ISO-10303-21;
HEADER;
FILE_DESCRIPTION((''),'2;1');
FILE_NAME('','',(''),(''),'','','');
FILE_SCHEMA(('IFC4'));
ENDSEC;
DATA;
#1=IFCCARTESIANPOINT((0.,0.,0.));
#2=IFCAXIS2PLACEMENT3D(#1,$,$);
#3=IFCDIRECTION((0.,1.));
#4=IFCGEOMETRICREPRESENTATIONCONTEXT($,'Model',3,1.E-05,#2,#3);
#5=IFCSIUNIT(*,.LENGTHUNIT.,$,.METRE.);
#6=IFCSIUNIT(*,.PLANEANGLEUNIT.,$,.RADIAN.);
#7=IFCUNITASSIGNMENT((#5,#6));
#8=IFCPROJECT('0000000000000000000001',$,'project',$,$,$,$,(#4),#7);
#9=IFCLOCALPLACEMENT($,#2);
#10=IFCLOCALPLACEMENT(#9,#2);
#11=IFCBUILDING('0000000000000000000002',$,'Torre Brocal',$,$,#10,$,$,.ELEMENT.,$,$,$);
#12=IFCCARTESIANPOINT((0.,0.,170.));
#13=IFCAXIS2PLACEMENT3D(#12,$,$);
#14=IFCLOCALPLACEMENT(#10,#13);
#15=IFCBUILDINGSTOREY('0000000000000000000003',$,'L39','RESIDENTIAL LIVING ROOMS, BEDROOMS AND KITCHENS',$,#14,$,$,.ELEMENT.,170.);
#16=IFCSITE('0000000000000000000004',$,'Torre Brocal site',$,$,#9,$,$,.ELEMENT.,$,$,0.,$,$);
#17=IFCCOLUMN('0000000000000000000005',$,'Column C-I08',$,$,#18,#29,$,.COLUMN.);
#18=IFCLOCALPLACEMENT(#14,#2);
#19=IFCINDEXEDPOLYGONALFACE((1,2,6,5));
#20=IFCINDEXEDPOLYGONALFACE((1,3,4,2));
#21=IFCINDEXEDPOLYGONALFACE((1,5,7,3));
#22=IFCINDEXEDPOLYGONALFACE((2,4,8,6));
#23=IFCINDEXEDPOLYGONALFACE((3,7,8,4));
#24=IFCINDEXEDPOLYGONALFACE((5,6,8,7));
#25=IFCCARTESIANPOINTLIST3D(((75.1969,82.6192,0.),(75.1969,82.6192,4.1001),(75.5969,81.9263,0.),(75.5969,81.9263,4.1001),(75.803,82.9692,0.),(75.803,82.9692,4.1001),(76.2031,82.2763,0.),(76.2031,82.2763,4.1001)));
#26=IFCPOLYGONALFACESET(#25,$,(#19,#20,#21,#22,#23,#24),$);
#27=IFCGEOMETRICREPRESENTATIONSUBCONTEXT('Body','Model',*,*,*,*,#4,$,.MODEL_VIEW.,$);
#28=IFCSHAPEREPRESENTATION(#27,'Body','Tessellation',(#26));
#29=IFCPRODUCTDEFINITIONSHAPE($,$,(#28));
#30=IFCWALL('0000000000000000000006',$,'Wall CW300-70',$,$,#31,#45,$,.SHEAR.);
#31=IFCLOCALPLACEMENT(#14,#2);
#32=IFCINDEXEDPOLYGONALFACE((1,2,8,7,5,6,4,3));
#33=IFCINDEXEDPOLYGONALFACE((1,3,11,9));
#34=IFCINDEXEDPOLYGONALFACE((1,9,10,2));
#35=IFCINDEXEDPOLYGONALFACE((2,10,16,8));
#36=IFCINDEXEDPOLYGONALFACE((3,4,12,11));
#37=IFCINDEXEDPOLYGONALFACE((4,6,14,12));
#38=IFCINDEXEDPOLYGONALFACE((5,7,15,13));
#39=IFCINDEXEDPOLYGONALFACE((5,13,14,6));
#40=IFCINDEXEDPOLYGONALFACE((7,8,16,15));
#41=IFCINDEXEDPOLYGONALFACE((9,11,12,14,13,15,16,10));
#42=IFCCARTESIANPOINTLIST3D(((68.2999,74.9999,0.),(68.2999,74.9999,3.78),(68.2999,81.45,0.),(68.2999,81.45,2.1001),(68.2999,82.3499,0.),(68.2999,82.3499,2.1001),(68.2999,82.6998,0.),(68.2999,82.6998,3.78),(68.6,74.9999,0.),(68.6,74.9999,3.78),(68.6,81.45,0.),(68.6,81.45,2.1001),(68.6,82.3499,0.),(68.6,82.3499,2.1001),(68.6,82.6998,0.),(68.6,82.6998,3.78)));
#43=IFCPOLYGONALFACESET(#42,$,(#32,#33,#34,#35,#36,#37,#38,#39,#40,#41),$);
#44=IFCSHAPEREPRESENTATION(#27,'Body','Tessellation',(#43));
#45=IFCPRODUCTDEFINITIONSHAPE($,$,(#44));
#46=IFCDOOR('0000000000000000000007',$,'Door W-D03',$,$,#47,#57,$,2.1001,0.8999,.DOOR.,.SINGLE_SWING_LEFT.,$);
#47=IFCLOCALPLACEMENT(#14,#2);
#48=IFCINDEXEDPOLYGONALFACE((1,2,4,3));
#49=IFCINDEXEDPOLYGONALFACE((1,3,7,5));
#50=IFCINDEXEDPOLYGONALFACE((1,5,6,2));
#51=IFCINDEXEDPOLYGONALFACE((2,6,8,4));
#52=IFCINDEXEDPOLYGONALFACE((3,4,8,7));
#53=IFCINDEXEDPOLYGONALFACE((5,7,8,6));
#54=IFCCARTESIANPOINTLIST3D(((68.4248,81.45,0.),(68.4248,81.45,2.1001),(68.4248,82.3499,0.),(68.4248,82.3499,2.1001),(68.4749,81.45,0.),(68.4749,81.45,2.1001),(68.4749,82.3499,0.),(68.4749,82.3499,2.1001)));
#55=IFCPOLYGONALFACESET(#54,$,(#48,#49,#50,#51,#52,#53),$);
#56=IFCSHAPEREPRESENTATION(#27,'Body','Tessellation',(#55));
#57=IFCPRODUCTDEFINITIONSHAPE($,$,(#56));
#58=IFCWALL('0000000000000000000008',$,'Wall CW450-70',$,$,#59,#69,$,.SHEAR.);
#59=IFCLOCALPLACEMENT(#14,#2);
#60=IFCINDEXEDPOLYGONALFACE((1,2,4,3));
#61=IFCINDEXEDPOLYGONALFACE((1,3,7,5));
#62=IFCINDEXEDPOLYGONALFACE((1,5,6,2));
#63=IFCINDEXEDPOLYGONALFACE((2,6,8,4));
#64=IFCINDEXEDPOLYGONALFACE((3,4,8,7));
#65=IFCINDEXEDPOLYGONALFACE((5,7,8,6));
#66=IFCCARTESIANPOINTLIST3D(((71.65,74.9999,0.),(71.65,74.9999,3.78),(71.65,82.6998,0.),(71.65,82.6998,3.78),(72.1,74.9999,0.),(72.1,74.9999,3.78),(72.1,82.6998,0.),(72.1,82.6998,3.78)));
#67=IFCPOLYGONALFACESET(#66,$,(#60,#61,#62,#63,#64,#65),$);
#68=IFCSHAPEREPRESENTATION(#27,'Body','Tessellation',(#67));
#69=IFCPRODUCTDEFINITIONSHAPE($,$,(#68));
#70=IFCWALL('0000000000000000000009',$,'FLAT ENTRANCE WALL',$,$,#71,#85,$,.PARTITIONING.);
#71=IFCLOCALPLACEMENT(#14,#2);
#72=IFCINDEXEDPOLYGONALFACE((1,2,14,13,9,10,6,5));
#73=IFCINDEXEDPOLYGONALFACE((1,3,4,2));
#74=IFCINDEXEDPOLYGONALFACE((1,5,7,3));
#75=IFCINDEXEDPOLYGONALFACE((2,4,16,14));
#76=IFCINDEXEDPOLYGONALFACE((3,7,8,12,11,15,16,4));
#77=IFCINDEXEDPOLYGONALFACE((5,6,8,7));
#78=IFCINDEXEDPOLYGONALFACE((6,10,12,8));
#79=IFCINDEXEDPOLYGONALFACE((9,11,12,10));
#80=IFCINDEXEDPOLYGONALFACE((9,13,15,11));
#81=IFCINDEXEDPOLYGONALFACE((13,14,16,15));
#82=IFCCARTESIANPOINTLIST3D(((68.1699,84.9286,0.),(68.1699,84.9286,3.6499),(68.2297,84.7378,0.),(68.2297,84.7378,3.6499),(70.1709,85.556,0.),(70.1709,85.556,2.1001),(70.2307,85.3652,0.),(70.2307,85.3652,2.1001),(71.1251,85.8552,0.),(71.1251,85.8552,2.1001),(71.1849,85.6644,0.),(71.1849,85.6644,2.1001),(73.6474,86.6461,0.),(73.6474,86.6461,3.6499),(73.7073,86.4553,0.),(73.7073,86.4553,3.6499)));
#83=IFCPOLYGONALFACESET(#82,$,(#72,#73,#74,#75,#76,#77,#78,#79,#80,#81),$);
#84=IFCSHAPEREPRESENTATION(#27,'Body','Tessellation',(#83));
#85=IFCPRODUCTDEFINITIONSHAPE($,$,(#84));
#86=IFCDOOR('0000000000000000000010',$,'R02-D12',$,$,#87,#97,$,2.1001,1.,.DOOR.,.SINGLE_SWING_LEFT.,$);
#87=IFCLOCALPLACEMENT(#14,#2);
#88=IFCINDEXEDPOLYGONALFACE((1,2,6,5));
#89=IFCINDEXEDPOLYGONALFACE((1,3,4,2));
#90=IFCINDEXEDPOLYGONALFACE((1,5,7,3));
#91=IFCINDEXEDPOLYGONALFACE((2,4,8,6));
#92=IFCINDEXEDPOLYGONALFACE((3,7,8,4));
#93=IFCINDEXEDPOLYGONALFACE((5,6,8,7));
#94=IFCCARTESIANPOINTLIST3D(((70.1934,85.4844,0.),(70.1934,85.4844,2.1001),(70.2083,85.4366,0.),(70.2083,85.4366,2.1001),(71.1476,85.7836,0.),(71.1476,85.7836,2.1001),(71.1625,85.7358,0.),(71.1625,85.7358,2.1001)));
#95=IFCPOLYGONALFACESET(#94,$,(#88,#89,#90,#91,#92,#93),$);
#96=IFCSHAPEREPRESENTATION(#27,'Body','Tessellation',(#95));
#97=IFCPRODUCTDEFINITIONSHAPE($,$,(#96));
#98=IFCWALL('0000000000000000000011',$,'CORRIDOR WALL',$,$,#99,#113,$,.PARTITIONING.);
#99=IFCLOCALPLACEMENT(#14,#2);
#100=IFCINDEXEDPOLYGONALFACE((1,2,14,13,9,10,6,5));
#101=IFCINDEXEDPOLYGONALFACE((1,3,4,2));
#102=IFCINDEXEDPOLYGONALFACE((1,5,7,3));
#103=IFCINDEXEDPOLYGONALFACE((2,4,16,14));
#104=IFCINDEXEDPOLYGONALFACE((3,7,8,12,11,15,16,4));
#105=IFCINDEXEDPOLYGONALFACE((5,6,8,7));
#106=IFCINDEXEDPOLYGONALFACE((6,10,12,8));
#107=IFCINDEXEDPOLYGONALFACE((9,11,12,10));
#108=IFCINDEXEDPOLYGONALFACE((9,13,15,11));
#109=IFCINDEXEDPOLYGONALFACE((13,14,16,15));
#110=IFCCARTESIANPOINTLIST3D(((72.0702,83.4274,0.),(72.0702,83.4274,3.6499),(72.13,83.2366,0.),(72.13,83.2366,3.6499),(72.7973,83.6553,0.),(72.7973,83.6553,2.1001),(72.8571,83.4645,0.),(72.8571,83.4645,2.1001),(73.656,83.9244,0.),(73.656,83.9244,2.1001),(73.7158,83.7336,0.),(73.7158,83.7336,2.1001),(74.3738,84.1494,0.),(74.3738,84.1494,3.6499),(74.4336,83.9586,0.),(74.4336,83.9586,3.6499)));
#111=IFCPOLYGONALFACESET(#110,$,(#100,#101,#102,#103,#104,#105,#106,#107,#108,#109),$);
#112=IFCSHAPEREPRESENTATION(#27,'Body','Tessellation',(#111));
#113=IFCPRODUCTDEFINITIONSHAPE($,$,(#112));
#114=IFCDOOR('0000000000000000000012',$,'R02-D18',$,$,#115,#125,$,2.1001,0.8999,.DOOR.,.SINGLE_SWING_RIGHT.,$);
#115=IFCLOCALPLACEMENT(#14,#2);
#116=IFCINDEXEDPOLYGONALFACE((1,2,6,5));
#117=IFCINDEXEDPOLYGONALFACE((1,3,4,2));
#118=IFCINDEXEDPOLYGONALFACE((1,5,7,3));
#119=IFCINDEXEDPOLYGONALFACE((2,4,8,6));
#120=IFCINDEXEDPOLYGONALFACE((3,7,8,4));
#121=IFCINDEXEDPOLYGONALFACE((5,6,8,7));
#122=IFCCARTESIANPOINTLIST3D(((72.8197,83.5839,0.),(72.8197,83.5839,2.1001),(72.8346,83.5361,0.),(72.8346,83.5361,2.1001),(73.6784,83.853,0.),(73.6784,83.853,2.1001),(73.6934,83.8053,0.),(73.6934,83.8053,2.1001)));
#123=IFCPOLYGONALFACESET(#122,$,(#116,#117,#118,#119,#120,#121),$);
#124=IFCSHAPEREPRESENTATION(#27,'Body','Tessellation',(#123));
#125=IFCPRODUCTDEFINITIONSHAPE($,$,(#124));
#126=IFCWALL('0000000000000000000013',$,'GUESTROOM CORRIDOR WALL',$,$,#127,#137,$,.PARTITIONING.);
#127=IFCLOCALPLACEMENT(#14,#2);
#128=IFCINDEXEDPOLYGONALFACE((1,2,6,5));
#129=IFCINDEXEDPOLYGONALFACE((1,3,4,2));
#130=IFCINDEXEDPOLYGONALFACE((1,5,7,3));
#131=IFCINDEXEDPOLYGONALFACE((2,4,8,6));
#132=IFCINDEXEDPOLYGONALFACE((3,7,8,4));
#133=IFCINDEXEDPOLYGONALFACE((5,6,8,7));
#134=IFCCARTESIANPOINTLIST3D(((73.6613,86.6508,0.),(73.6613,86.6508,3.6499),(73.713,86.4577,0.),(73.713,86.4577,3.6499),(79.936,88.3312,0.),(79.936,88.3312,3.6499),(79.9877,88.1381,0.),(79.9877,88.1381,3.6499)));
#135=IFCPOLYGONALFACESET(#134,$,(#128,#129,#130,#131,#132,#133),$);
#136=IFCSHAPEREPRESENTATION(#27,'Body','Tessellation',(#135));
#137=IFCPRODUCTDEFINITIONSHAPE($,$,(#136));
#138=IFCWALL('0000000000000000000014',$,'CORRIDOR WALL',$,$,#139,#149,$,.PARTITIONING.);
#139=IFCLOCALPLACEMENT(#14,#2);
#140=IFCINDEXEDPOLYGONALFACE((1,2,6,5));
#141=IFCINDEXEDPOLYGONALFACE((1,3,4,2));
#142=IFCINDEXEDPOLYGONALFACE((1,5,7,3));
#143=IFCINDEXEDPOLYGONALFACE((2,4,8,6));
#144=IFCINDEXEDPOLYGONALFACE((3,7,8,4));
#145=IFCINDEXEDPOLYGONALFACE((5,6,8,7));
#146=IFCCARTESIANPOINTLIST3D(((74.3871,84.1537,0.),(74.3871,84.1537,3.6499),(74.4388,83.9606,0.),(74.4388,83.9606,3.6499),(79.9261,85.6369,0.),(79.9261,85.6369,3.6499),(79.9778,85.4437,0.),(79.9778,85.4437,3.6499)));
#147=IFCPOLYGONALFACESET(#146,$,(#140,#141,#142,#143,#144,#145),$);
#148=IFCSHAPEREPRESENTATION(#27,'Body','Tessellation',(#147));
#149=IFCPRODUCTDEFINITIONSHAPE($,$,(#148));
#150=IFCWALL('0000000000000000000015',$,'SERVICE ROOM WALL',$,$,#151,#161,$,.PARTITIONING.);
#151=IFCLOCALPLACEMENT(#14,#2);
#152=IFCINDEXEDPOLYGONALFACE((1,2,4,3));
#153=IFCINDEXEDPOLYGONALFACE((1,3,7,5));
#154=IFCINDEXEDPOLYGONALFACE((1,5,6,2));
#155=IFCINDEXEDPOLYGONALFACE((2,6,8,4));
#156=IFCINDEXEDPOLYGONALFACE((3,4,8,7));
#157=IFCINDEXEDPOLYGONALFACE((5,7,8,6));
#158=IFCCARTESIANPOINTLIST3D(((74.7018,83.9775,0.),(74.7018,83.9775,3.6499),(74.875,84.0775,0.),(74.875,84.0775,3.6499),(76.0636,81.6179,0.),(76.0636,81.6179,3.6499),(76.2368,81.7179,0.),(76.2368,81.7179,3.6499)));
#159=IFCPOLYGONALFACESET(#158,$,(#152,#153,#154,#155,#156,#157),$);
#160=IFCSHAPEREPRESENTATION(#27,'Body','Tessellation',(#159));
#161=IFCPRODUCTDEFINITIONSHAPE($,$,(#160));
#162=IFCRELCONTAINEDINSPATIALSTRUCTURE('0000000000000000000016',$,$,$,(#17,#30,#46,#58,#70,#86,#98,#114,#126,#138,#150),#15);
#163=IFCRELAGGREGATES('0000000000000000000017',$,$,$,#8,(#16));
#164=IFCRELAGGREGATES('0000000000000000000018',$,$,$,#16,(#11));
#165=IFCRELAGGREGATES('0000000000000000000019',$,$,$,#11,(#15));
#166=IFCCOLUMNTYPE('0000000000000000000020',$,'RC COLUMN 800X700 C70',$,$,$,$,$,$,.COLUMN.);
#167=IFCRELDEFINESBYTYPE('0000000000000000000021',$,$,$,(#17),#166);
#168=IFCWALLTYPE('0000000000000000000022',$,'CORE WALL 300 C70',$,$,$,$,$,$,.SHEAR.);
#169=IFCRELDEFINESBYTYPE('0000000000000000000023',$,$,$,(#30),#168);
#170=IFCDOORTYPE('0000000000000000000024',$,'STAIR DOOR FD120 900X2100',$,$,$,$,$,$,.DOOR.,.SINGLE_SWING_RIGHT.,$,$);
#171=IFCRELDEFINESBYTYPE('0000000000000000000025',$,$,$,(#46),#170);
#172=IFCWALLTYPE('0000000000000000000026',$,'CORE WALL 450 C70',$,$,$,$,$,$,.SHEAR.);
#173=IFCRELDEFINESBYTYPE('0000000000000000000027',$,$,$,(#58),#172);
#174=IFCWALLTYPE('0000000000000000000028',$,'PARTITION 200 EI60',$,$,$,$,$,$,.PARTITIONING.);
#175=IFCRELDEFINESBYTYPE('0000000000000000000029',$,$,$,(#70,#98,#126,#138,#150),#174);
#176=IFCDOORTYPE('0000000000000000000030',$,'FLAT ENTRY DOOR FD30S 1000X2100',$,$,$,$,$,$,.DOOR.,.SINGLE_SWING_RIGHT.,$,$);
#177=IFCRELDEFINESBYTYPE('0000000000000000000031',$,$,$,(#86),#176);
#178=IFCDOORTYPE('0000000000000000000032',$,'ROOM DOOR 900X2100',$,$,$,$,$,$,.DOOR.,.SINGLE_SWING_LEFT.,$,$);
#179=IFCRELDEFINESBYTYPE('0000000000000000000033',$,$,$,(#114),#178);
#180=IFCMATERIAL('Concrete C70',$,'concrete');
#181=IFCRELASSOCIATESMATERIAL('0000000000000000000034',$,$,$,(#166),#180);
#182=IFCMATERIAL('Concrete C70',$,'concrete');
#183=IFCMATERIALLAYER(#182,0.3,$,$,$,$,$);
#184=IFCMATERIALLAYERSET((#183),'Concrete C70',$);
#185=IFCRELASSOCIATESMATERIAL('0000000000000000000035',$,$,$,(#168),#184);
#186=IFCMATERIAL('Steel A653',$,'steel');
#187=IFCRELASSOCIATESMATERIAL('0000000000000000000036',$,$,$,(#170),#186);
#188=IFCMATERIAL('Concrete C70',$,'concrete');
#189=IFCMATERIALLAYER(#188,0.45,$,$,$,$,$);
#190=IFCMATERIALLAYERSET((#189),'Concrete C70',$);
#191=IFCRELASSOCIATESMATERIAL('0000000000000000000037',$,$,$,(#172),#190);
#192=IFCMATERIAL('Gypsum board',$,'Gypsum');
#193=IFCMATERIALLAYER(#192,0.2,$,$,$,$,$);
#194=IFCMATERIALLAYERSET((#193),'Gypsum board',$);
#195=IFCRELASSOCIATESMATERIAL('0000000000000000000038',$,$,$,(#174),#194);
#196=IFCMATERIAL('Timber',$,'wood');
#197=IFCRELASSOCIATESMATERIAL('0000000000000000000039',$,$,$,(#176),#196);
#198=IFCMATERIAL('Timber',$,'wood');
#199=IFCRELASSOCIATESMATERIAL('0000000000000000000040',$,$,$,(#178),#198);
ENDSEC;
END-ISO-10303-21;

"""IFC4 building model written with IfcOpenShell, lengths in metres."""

from ifc_helpers import new_model, si_unit, direction, frame, frame_2d, origin, origin_2d, place, context, subcontext, project, spatial, rectangle, extrude, material, layer, layer_set, material_profile, profile_set, type_object, element, fill, save


model = new_model("IFC4")

# Units and contexts
model_context = context("Model", 3, precision=1e-05, world=origin(), true_north=direction((0.0, 1.0)))
body_context = subcontext(model_context, "Body", "Model", "MODEL_VIEW")
ifc_project = project(units=[si_unit("LENGTHUNIT", "METRE"), si_unit("PLANEANGLEUNIT", "RADIAN")], contexts=[model_context])

# Site, building, storey
site_placement = place(None, origin())
site = spatial("IfcSite", under=ifc_project, at=site_placement, Name="Torre Brocal site", CompositionType="ELEMENT", RefElevation=0.0)
building_placement = place(site_placement, origin())
building = spatial("IfcBuilding", under=site, at=building_placement, Name="Torre Brocal", CompositionType="ELEMENT")
storey_placement = place(building_placement, frame((0.0, 0.0, 170.0)))
storey = spatial("IfcBuildingStorey", under=building, at=storey_placement, Name="L39", Description="RESIDENTIAL LIVING ROOMS, BEDROOMS AND KITCHENS", CompositionType="ELEMENT", Elevation=170.0)

# Column
ifc_material_1 = material(Name="Concrete C70", Category="concrete")
ifc_material_profile = material_profile(ifc_material_1, rectangle(XDim=0.8, YDim=0.7, at=origin_2d()), Name="RC 800X700")
ifc_profile_set = profile_set([ifc_material_profile], Name="Concrete C70")
column_type = type_object("IfcColumnType", Name="RC COLUMN 800X700 C70", PredefinedType="COLUMN", material=ifc_profile_set)
column_placement = place(storey_placement, frame((75.7, 82.4478, 0.0), z_axis=(0.0, 0.0, 1.0), x_axis=(-0.5, 0.866025, 0.0)))
element("IfcColumn", 1, at=column_placement, inside=storey, type_object=column_type, Name="Column C-I08", PredefinedType="COLUMN", context=body_context, shape_type="SweptSolid", body=[
    extrude(rectangle(XDim=0.8, YDim=0.7, at=origin_2d()), origin(), (0.0, 0.0, 1.0), 4.1001),
])

# Wall, opening, door
ifc_material_2 = material(Name="Concrete C70", Category="concrete")
ifc_layer_1 = layer(ifc_material_2, 0.3)
ifc_layer_set_1 = layer_set([ifc_layer_1], Name="Concrete C70")
wall_type_1 = type_object("IfcWallType", Name="CORE WALL 300 C70", PredefinedType="SHEAR", material=ifc_layer_set_1)
wall_1_placement = place(storey_placement, frame((68.45, 82.7, 0.0), z_axis=(0.0, 0.0, 1.0), x_axis=(0.0, -1.0, 0.0)))
wall_1 = element("IfcWall", 2, at=wall_1_placement, inside=storey, type_object=wall_type_1, Name="Wall CW300-70", PredefinedType="SHEAR", context=body_context, shape_type="SweptSolid", body=[
    extrude(rectangle(XDim=7.7, YDim=0.3, at=frame_2d((3.8501, 0.0))), origin(), (0.0, 0.0, 1.0), 3.78),
])
opening_1_placement = place(wall_1_placement, frame((0.3501, 0.0, 0.0)))
opening_1 = element("IfcOpeningElement", 3, at=opening_1_placement, cuts=wall_1, PredefinedType="OPENING", context=body_context, shape_type="SweptSolid", body=[
    extrude(rectangle(XDim=0.8999, YDim=2.1001, at=frame_2d((0.45, 1.05))), frame((0.0, 0.1599, 0.0), z_axis=(0.0, -1.0, 0.0), x_axis=(1.0, 0.0, 0.0)), (0.0, 0.0, 1.0), 0.3201),
])
ifc_material_3 = material(Name="Steel A653", Category="steel")
door_type_1 = type_object("IfcDoorType", Name="STAIR DOOR FD120 900X2100", OperationType="SINGLE_SWING_RIGHT", PredefinedType="DOOR", material=ifc_material_3)
door_1_placement = place(opening_1_placement, origin())
door_1 = element("IfcDoor", 4, at=door_1_placement, inside=storey, type_object=door_type_1, Name="Door W-D03", OperationType="SINGLE_SWING_LEFT", OverallHeight=2.1001, OverallWidth=0.8999, PredefinedType="DOOR", context=body_context, shape_type="SweptSolid", body=[
    extrude(rectangle(XDim=0.8999, YDim=2.1001, at=frame_2d((0.45, 1.05))), frame((0.0, 0.0249, 0.0), z_axis=(0.0, -1.0, 0.0), x_axis=(1.0, 0.0, 0.0)), (0.0, 0.0, 1.0), 0.05),
])
fill(opening_1, door_1)

# Wall
ifc_material_4 = material(Name="Concrete C70", Category="concrete")
ifc_layer_2 = layer(ifc_material_4, 0.45)
ifc_layer_set_2 = layer_set([ifc_layer_2], Name="Concrete C70")
wall_type_2 = type_object("IfcWallType", Name="CORE WALL 450 C70", PredefinedType="SHEAR", material=ifc_layer_set_2)
wall_2_placement = place(storey_placement, frame((71.875, 82.7, 0.0), z_axis=(0.0, 0.0, 1.0), x_axis=(0.0, -1.0, 0.0)))
element("IfcWall", 5, at=wall_2_placement, inside=storey, type_object=wall_type_2, Name="Wall CW450-70", PredefinedType="SHEAR", context=body_context, shape_type="SweptSolid", body=[
    extrude(rectangle(XDim=7.7, YDim=0.45, at=frame_2d((3.8501, 0.0))), origin(), (0.0, 0.0, 1.0), 3.78),
])

# Walls, openings, doors
ifc_material_5 = material(Name="Gypsum board", Category="Gypsum")
ifc_layer_3 = layer(ifc_material_5, 0.2)
ifc_layer_set_3 = layer_set([ifc_layer_3], Name="Gypsum board")
wall_type_3 = type_object("IfcWallType", Name="PARTITION 200 EI60", PredefinedType="PARTITIONING", material=ifc_layer_set_3)
wall_3_placement = place(storey_placement, frame((68.2, 84.8333, 0.0), z_axis=(0.0, 0.0, 1.0), x_axis=(0.954192, 0.299195, 0.0)))
wall_3 = element("IfcWall", 6, at=wall_3_placement, inside=storey, type_object=wall_type_3, Name="FLAT ENTRANCE WALL", PredefinedType="PARTITIONING", context=body_context, shape_type="SweptSolid", body=[
    extrude(rectangle(XDim=5.7405, YDim=0.2, at=frame_2d((2.8701, 0.0))), origin(), (0.0, 0.0, 1.0), 3.6499),
])
opening_2_placement = place(wall_3_placement, frame((2.0969, 0.0, 0.0)))
opening_2 = element("IfcOpeningElement", 7, at=opening_2_placement, cuts=wall_3, PredefinedType="OPENING", context=body_context, shape_type="SweptSolid", body=[
    extrude(rectangle(XDim=1.0, YDim=2.1001, at=frame_2d((0.5, 1.05))), frame((0.0, 0.1099, 0.0), z_axis=(0.0, -1.0, 0.0), x_axis=(1.0, 0.0, 0.0)), (0.0, 0.0, 1.0), 0.22),
])
ifc_material_6 = material(Name="Timber", Category="wood")
door_type_2 = type_object("IfcDoorType", Name="FLAT ENTRY DOOR FD30S 1000X2100", OperationType="SINGLE_SWING_RIGHT", PredefinedType="DOOR", material=ifc_material_6)
door_2_placement = place(opening_2_placement, origin())
door_2 = element("IfcDoor", 8, at=door_2_placement, inside=storey, type_object=door_type_2, Name="R02-D12", OperationType="SINGLE_SWING_LEFT", OverallHeight=2.1001, OverallWidth=1.0, PredefinedType="DOOR", context=body_context, shape_type="SweptSolid", body=[
    extrude(rectangle(XDim=1.0, YDim=2.1001, at=frame_2d((0.5, 1.05))), frame((0.0, 0.0249, 0.0), z_axis=(0.0, -1.0, 0.0), x_axis=(1.0, 0.0, 0.0)), (0.0, 0.0, 1.0), 0.05),
])
fill(opening_2, door_2)
wall_4_placement = place(storey_placement, frame((72.1001, 83.332, 0.0), z_axis=(0.0, 0.0, 1.0), x_axis=(0.954233, 0.299064, 0.0)))
wall_4 = element("IfcWall", 9, at=wall_4_placement, inside=storey, type_object=wall_type_3, Name="CORRIDOR WALL", PredefinedType="PARTITIONING", context=body_context, shape_type="SweptSolid", body=[
    extrude(rectangle(XDim=2.4141, YDim=0.2, at=frame_2d((1.207, 0.0))), origin(), (0.0, 0.0, 1.0), 3.6499),
])
opening_3_placement = place(wall_4_placement, frame((0.762, 0.0, 0.0)))
opening_3 = element("IfcOpeningElement", 10, at=opening_3_placement, cuts=wall_4, PredefinedType="OPENING", context=body_context, shape_type="SweptSolid", body=[
    extrude(rectangle(XDim=0.8999, YDim=2.1001, at=frame_2d((0.45, 1.05))), frame((0.0, 0.1099, 0.0), z_axis=(0.0, -1.0, 0.0), x_axis=(1.0, 0.0, 0.0)), (0.0, 0.0, 1.0), 0.22),
])
ifc_material_7 = material(Name="Timber", Category="wood")
door_type_3 = type_object("IfcDoorType", Name="ROOM DOOR 900X2100", OperationType="SINGLE_SWING_LEFT", PredefinedType="DOOR", material=ifc_material_7)
door_3_placement = place(opening_3_placement, frame((0.8999, 0.0, 0.0), z_axis=(0.0, 0.0, 1.0), x_axis=(-1.0, 0.0, 0.0)))
door_3 = element("IfcDoor", 11, at=door_3_placement, inside=storey, type_object=door_type_3, Name="R02-D18", OperationType="SINGLE_SWING_RIGHT", OverallHeight=2.1001, OverallWidth=0.8999, PredefinedType="DOOR", context=body_context, shape_type="SweptSolid", body=[
    extrude(rectangle(XDim=0.8999, YDim=2.1001, at=frame_2d((0.45, 1.05))), frame((0.0, 0.0249, 0.0), z_axis=(0.0, -1.0, 0.0), x_axis=(1.0, 0.0, 0.0)), (0.0, 0.0, 1.0), 0.05),
])
fill(opening_3, door_3)

# Walls
wall_5_placement = place(storey_placement, frame((73.687, 86.5542, 0.0), z_axis=(0.0, 0.0, 1.0), x_axis=(0.965959, 0.258694, 0.0)))
element("IfcWall", 12, at=wall_5_placement, inside=storey, type_object=wall_type_3, Name="GUESTROOM CORRIDOR WALL", PredefinedType="PARTITIONING", context=body_context, shape_type="SweptSolid", body=[
    extrude(rectangle(XDim=6.4958, YDim=0.2, at=frame_2d((3.248, 0.0))), origin(), (0.0, 0.0, 1.0), 3.6499),
])
wall_6_placement = place(storey_placement, frame((74.4128, 84.0571, 0.0), z_axis=(0.0, 0.0, 1.0), x_axis=(0.965971, 0.258651, 0.0)))
element("IfcWall", 13, at=wall_6_placement, inside=storey, type_object=wall_type_3, Name="CORRIDOR WALL", PredefinedType="PARTITIONING", context=body_context, shape_type="SweptSolid", body=[
    extrude(rectangle(XDim=5.7341, YDim=0.2, at=frame_2d((2.8672, 0.0))), origin(), (0.0, 0.0, 1.0), 3.6499),
])
wall_7_placement = place(storey_placement, frame((74.7883, 84.0276, 0.0), z_axis=(0.0, 0.0, 1.0), x_axis=(0.49986, -0.866107, 0.0)))
element("IfcWall", 14, at=wall_7_placement, inside=storey, type_object=wall_type_3, Name="SERVICE ROOM WALL", PredefinedType="PARTITIONING", context=body_context, shape_type="SweptSolid", body=[
    extrude(rectangle(XDim=2.7244, YDim=0.2, at=frame_2d((1.3623, 0.0))), origin(), (0.0, 0.0, 1.0), 3.6499),
])

save(model, "model.ifc")
